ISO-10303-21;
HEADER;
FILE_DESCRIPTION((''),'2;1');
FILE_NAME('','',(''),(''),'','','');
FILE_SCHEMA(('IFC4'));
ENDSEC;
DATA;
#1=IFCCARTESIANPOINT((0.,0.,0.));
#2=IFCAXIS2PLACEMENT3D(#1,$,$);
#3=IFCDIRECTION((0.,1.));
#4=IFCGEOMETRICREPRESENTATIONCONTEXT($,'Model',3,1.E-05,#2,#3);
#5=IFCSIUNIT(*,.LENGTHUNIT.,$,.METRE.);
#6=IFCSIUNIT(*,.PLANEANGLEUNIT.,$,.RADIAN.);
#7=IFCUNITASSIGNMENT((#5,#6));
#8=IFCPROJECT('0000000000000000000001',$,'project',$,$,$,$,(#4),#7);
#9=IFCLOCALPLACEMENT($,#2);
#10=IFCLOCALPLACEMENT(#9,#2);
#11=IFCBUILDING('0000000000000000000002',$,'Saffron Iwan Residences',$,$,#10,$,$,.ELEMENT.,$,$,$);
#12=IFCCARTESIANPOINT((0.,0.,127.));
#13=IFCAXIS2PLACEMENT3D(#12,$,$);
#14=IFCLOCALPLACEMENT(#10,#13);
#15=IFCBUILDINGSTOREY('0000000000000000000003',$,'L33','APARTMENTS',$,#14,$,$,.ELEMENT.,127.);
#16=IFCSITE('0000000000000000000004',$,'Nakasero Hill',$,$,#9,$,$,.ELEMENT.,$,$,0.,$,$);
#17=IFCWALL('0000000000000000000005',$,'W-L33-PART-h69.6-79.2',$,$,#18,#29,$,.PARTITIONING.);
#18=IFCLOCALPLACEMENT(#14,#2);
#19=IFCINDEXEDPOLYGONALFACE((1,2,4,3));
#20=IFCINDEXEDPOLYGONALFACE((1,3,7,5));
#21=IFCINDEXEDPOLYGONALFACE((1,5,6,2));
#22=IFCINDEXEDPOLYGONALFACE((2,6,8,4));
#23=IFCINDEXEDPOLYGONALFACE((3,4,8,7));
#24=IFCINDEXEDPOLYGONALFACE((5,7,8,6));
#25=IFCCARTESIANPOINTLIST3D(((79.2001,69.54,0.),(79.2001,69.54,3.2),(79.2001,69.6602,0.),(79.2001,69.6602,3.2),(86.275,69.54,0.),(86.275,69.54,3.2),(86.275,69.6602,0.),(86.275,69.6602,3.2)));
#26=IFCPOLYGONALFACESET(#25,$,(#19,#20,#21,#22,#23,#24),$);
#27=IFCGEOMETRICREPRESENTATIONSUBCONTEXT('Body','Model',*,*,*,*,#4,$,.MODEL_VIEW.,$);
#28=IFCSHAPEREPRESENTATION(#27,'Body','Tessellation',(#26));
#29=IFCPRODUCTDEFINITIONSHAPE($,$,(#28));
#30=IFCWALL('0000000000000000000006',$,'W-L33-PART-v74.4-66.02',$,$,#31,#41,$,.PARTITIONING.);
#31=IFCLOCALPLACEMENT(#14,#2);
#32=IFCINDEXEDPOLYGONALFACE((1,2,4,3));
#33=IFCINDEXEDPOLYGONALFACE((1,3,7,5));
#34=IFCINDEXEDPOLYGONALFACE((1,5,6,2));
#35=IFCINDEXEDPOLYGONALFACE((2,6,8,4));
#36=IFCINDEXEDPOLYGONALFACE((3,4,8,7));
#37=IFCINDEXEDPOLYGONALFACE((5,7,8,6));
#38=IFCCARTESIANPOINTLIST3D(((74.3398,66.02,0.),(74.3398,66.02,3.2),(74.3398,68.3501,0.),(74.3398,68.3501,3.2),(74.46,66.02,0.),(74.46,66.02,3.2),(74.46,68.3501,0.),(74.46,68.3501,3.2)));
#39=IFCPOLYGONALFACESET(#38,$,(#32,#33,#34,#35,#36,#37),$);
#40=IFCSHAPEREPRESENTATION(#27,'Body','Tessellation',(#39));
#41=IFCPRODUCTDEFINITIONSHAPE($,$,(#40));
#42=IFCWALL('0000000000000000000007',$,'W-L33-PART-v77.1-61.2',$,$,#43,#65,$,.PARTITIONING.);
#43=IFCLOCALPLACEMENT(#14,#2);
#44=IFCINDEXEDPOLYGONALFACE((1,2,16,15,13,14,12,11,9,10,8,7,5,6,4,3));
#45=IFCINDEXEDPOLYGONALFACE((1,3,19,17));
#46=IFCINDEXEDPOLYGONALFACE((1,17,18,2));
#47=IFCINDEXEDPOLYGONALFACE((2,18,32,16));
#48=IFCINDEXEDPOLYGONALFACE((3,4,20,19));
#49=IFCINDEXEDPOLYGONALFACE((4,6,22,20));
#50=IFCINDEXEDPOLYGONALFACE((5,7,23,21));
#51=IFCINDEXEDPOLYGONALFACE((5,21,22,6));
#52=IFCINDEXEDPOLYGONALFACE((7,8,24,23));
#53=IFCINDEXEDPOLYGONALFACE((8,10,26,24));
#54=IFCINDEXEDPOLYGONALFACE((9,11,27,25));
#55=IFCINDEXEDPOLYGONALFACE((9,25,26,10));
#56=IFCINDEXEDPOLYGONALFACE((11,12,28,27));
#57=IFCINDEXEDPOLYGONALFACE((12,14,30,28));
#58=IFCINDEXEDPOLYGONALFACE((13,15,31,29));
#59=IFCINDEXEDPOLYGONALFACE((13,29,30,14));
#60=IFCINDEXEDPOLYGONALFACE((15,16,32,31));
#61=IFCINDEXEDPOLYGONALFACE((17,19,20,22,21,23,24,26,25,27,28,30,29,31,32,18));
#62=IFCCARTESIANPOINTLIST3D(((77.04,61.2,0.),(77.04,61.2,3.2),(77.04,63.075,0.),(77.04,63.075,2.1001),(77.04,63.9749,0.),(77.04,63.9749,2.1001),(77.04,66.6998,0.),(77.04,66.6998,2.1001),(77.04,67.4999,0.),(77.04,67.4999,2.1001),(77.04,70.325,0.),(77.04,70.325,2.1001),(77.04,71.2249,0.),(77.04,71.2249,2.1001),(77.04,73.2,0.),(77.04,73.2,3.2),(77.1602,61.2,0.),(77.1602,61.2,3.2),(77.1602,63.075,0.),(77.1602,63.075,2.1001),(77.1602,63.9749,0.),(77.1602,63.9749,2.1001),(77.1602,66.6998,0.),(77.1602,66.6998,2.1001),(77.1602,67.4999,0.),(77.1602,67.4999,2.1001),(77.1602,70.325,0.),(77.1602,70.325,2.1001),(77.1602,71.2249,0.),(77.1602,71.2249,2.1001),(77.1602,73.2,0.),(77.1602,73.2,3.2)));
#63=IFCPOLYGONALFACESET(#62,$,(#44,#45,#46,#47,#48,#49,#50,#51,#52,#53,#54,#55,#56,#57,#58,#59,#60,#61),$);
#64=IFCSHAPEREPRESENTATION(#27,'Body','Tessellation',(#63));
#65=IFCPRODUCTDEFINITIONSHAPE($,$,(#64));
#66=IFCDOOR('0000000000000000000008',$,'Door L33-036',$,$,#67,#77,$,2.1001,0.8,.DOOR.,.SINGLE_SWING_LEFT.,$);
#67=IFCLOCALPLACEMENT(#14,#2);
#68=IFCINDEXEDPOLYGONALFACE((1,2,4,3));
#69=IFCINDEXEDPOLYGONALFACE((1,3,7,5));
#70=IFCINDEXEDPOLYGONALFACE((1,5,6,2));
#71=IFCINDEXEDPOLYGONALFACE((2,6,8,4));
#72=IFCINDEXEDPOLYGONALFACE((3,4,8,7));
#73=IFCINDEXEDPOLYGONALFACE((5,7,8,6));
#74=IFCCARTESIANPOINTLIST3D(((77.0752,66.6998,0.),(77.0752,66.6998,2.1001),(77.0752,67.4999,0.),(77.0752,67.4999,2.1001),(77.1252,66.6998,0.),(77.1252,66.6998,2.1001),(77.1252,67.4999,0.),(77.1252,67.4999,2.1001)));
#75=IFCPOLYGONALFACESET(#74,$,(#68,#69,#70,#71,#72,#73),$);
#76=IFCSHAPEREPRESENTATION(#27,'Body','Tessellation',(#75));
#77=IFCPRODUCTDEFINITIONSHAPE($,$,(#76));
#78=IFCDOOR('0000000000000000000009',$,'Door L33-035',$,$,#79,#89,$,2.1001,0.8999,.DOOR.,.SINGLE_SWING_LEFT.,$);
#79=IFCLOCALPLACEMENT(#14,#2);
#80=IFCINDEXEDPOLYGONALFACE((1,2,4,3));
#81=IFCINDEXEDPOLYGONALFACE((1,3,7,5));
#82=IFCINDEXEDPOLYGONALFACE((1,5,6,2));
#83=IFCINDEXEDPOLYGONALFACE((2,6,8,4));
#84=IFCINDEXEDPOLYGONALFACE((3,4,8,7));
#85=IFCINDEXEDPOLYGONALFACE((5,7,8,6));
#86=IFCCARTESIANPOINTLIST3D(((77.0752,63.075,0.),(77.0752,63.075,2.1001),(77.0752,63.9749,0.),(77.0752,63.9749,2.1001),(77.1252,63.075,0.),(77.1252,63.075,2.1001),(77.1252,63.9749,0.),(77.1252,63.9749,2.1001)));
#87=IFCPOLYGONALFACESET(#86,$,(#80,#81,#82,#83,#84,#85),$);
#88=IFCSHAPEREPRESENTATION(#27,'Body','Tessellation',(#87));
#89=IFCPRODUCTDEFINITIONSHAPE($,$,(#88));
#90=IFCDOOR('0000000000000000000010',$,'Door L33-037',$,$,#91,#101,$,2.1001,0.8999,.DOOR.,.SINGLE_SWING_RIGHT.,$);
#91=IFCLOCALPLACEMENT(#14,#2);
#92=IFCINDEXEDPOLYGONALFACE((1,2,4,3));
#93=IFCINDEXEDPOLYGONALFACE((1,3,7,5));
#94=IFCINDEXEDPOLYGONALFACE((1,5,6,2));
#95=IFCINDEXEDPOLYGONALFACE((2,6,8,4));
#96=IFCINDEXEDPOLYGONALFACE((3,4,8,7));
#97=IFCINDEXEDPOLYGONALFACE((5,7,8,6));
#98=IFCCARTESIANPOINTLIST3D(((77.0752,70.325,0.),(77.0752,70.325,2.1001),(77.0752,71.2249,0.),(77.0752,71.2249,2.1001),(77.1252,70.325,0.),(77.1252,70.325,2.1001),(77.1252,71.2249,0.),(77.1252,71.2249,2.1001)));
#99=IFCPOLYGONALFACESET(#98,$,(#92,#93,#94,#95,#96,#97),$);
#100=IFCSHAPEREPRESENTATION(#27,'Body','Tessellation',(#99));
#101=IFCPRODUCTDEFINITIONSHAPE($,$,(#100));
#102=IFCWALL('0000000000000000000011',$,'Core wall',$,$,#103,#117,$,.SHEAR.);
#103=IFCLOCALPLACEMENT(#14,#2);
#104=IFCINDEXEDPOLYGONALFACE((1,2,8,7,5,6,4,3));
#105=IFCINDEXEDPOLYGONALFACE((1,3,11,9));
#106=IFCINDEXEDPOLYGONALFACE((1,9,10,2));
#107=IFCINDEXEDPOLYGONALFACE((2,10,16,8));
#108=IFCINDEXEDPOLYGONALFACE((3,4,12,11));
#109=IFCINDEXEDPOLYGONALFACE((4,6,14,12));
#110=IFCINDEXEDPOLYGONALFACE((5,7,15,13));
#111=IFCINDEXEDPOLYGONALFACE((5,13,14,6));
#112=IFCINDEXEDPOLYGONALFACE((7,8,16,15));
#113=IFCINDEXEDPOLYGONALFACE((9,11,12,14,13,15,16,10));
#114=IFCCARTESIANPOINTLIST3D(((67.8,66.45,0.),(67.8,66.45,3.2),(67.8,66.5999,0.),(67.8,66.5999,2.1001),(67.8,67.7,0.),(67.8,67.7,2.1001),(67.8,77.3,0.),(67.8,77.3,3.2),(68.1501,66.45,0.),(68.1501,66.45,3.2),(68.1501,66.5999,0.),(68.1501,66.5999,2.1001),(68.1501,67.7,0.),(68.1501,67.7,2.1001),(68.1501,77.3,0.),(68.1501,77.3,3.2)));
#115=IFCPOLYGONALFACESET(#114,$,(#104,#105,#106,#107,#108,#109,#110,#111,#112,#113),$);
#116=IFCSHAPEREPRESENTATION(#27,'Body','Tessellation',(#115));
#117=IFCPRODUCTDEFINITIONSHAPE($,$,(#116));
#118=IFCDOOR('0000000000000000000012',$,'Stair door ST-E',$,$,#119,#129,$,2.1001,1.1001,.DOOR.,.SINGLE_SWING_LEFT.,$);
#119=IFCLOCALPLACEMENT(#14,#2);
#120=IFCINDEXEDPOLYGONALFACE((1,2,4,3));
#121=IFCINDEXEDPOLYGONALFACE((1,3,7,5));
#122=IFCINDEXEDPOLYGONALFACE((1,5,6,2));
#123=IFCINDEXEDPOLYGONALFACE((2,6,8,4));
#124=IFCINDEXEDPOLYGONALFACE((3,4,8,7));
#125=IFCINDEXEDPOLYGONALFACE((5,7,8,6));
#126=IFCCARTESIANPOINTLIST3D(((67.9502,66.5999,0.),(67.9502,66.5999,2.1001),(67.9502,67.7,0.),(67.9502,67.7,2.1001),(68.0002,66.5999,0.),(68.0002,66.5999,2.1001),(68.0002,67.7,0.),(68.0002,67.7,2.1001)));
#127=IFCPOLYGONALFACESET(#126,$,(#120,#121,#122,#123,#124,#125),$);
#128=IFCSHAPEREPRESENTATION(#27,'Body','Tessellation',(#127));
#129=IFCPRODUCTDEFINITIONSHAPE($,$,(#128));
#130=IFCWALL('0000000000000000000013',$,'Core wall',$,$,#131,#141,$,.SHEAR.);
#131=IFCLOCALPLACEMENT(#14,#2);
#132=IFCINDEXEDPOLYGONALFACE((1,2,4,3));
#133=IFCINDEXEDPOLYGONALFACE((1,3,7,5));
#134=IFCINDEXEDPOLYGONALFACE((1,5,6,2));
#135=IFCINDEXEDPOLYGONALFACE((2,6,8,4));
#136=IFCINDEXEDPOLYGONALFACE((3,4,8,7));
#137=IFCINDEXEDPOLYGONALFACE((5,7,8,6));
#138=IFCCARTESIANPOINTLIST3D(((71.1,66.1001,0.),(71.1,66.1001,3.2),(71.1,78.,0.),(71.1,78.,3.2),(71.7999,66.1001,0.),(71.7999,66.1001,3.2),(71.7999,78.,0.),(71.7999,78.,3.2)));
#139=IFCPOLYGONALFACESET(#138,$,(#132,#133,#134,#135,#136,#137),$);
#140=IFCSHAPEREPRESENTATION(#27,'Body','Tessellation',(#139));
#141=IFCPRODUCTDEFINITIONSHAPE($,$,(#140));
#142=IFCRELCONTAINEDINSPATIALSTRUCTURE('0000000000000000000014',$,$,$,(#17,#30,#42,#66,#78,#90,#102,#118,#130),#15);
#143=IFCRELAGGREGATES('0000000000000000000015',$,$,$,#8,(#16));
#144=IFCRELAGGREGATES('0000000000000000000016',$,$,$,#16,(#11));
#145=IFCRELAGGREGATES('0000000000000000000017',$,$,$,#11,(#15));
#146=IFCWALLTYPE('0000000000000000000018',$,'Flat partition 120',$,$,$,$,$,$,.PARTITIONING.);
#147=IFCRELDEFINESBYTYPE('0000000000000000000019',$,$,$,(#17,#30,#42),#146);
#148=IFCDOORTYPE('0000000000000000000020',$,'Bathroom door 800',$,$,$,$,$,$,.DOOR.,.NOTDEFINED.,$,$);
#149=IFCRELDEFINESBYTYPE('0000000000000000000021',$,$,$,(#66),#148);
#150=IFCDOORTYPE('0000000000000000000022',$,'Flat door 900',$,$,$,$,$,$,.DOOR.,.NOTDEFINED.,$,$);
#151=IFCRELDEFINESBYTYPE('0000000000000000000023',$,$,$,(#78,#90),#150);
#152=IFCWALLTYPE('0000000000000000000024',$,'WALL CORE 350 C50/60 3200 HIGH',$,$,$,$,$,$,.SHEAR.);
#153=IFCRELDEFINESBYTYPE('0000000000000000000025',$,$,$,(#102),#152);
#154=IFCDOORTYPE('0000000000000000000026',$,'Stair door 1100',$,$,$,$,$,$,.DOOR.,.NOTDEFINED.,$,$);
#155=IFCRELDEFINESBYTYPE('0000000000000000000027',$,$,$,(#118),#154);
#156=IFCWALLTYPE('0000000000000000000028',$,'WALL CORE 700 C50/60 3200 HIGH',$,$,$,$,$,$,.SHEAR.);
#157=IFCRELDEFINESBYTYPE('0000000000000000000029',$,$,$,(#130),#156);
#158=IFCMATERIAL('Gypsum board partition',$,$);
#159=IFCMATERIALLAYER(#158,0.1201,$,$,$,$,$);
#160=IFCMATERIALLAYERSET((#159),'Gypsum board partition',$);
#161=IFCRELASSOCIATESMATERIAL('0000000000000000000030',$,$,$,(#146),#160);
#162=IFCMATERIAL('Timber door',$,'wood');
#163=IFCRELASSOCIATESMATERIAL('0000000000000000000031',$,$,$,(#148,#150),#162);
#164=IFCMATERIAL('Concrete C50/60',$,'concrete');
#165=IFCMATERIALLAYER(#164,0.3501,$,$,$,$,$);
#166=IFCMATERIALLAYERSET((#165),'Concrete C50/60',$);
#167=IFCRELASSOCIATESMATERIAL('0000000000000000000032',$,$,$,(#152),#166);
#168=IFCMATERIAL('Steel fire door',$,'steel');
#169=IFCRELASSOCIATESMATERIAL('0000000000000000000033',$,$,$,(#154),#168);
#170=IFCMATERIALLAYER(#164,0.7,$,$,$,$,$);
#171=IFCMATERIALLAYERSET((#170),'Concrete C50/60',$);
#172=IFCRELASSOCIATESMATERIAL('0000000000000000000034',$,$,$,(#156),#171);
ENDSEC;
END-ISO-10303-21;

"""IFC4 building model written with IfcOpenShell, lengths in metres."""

from ifc_helpers import new_model, si_unit, direction, frame, frame_2d, origin, place, context, subcontext, project, spatial, rectangle, extrude, material, layer, layer_set, type_object, element, fill, save


model = new_model("IFC4")

# Units and contexts
model_context = context("Model", 3, precision=1e-05, world=origin(), true_north=direction((0.0, 1.0)))
body_context = subcontext(model_context, "Body", "Model", "MODEL_VIEW")
ifc_project = project(units=[si_unit("LENGTHUNIT", "METRE"), si_unit("PLANEANGLEUNIT", "RADIAN")], contexts=[model_context])

# Site, building, storey
site_placement = place(None, origin())
site = spatial("IfcSite", under=ifc_project, at=site_placement, Name="Nakasero Hill", CompositionType="ELEMENT", RefElevation=0.0)
building_placement = place(site_placement, origin())
building = spatial("IfcBuilding", under=site, at=building_placement, Name="Saffron Iwan Residences", CompositionType="ELEMENT")
storey_placement = place(building_placement, frame((0.0, 0.0, 127.0)))
storey = spatial("IfcBuildingStorey", under=building, at=storey_placement, Name="L33", Description="APARTMENTS", CompositionType="ELEMENT", Elevation=127.0)

# Shared definitions
ifc_material_1 = material(Name="Concrete C50/60", Category="concrete")

# Walls
ifc_material_2 = material(Name="Gypsum board partition")
ifc_layer_1 = layer(ifc_material_2, 0.1201)
ifc_layer_set_1 = layer_set([ifc_layer_1], Name="Gypsum board partition")
wall_type_1 = type_object("IfcWallType", Name="Flat partition 120", PredefinedType="PARTITIONING", material=ifc_layer_set_1)
wall_1_placement = place(storey_placement, frame((79.2, 69.6001, 0.0), z_axis=(0.0, 0.0, 1.0), x_axis=(1.0, 0.0, 0.0)))
element("IfcWall", 1, at=wall_1_placement, inside=storey, type_object=wall_type_1, Name="W-L33-PART-h69.6-79.2", PredefinedType="PARTITIONING", context=body_context, shape_type="SweptSolid", body=[
    extrude(rectangle(XDim=7.075, YDim=0.1201, at=frame_2d((3.5376, 0.0))), origin(), (0.0, 0.0, 1.0), 3.2),
])
wall_2_placement = place(storey_placement, frame((74.3999, 66.02, 0.0), z_axis=(0.0, 0.0, 1.0), x_axis=(0.0, 1.0, 0.0)))
element("IfcWall", 2, at=wall_2_placement, inside=storey, type_object=wall_type_1, Name="W-L33-PART-v74.4-66.02", PredefinedType="PARTITIONING", context=body_context, shape_type="SweptSolid", body=[
    extrude(rectangle(XDim=2.3301, YDim=0.1201, at=frame_2d((1.165, 0.0))), origin(), (0.0, 0.0, 1.0), 3.2),
])

# Wall, openings, doors
wall_3_placement = place(storey_placement, frame((77.1001, 61.2, 0.0), z_axis=(0.0, 0.0, 1.0), x_axis=(0.0, 1.0, 0.0)))
wall_3 = element("IfcWall", 3, at=wall_3_placement, inside=storey, type_object=wall_type_1, Name="W-L33-PART-v77.1-61.2", PredefinedType="PARTITIONING", context=body_context, shape_type="SweptSolid", body=[
    extrude(rectangle(XDim=12.0, YDim=0.1201, at=frame_2d((6.0, 0.0))), origin(), (0.0, 0.0, 1.0), 3.2),
])
opening_1_placement = place(wall_3_placement, frame((1.875, 0.0, 0.0)))
opening_1 = element("IfcOpeningElement", 4, at=opening_1_placement, cuts=wall_3, PredefinedType="OPENING", context=body_context, shape_type="SweptSolid", body=[
    extrude(rectangle(XDim=0.8999, YDim=2.1001, at=frame_2d((0.45, 1.05))), frame((0.0, 0.0701, 0.0), z_axis=(0.0, -1.0, 0.0), x_axis=(1.0, 0.0, 0.0)), (0.0, 0.0, 1.0), 0.1401),
])
opening_2_placement = place(wall_3_placement, frame((5.5, 0.0, 0.0)))
opening_2 = element("IfcOpeningElement", 5, at=opening_2_placement, cuts=wall_3, PredefinedType="OPENING", context=body_context, shape_type="SweptSolid", body=[
    extrude(rectangle(XDim=0.8, YDim=2.1001, at=frame_2d((0.3999, 1.05))), frame((0.0, 0.0701, 0.0), z_axis=(0.0, -1.0, 0.0), x_axis=(1.0, 0.0, 0.0)), (0.0, 0.0, 1.0), 0.1401),
])
opening_3_placement = place(wall_3_placement, frame((9.125, 0.0, 0.0)))
opening_3 = element("IfcOpeningElement", 6, at=opening_3_placement, cuts=wall_3, PredefinedType="OPENING", context=body_context, shape_type="SweptSolid", body=[
    extrude(rectangle(XDim=0.8999, YDim=2.1001, at=frame_2d((0.45, 1.05))), frame((0.0, 0.0701, 0.0), z_axis=(0.0, -1.0, 0.0), x_axis=(1.0, 0.0, 0.0)), (0.0, 0.0, 1.0), 0.1401),
])
ifc_material_3 = material(Name="Timber door", Category="wood")
door_type_1 = type_object("IfcDoorType", Name="Bathroom door 800", OperationType="NOTDEFINED", PredefinedType="DOOR", material=ifc_material_3)
door_1_placement = place(opening_2_placement, origin())
door_1 = element("IfcDoor", 7, at=door_1_placement, inside=storey, type_object=door_type_1, Name="Door L33-036", OperationType="SINGLE_SWING_LEFT", OverallHeight=2.1001, OverallWidth=0.8, PredefinedType="DOOR", context=body_context, shape_type="SweptSolid", body=[
    extrude(rectangle(XDim=0.8, YDim=2.1001, at=frame_2d((0.3999, 1.05))), frame((0.0, 0.0249, 0.0), z_axis=(0.0, -1.0, 0.0), x_axis=(1.0, 0.0, 0.0)), (0.0, 0.0, 1.0), 0.05),
])
fill(opening_2, door_1)
door_type_2 = type_object("IfcDoorType", Name="Flat door 900", OperationType="NOTDEFINED", PredefinedType="DOOR", material=ifc_material_3)
door_2_placement = place(opening_1_placement, origin())
door_2 = element("IfcDoor", 8, at=door_2_placement, inside=storey, type_object=door_type_2, Name="Door L33-035", OperationType="SINGLE_SWING_LEFT", OverallHeight=2.1001, OverallWidth=0.8999, PredefinedType="DOOR", context=body_context, shape_type="SweptSolid", body=[
    extrude(rectangle(XDim=0.8999, YDim=2.1001, at=frame_2d((0.45, 1.05))), frame((0.0, 0.0249, 0.0), z_axis=(0.0, -1.0, 0.0), x_axis=(1.0, 0.0, 0.0)), (0.0, 0.0, 1.0), 0.05),
])
fill(opening_1, door_2)
door_3_placement = place(opening_3_placement, origin())
door_3 = element("IfcDoor", 9, at=door_3_placement, inside=storey, type_object=door_type_2, Name="Door L33-037", OperationType="SINGLE_SWING_RIGHT", OverallHeight=2.1001, OverallWidth=0.8999, PredefinedType="DOOR", context=body_context, shape_type="SweptSolid", body=[
    extrude(rectangle(XDim=0.8999, YDim=2.1001, at=frame_2d((0.45, 1.05))), frame((0.0, 0.0249, 0.0), z_axis=(0.0, -1.0, 0.0), x_axis=(1.0, 0.0, 0.0)), (0.0, 0.0, 1.0), 0.05),
])
fill(opening_3, door_3)

# Wall, opening, door
ifc_layer_2 = layer(ifc_material_1, 0.3501)
ifc_layer_set_2 = layer_set([ifc_layer_2], Name="Concrete C50/60")
wall_type_2 = type_object("IfcWallType", Name="WALL CORE 350 C50/60 3200 HIGH", PredefinedType="SHEAR", material=ifc_layer_set_2)
wall_4_placement = place(storey_placement, frame((67.9751, 66.45, 0.0), z_axis=(0.0, 0.0, 1.0), x_axis=(0.0, 1.0, 0.0)))
wall_4 = element("IfcWall", 10, at=wall_4_placement, inside=storey, type_object=wall_type_2, Name="Core wall", PredefinedType="SHEAR", context=body_context, shape_type="SweptSolid", body=[
    extrude(rectangle(XDim=10.8501, YDim=0.3501, at=frame_2d((5.425, 0.0))), origin(), (0.0, 0.0, 1.0), 3.2),
])
opening_4_placement = place(wall_4_placement, frame((0.1499, 0.0, 0.0)))
opening_4 = element("IfcOpeningElement", 11, at=opening_4_placement, cuts=wall_4, PredefinedType="OPENING", context=body_context, shape_type="SweptSolid", body=[
    extrude(rectangle(XDim=1.1001, YDim=2.1001, at=frame_2d((0.55, 1.05))), frame((0.0, 0.1851, 0.0), z_axis=(0.0, -1.0, 0.0), x_axis=(1.0, 0.0, 0.0)), (0.0, 0.0, 1.0), 0.3701),
])
ifc_material_4 = material(Name="Steel fire door", Category="steel")
door_type_3 = type_object("IfcDoorType", Name="Stair door 1100", OperationType="NOTDEFINED", PredefinedType="DOOR", material=ifc_material_4)
door_4_placement = place(opening_4_placement, origin())
door_4 = element("IfcDoor", 12, at=door_4_placement, inside=storey, type_object=door_type_3, Name="Stair door ST-E", OperationType="SINGLE_SWING_LEFT", OverallHeight=2.1001, OverallWidth=1.1001, PredefinedType="DOOR", context=body_context, shape_type="SweptSolid", body=[
    extrude(rectangle(XDim=1.1001, YDim=2.1001, at=frame_2d((0.55, 1.05))), frame((0.0, 0.0249, 0.0), z_axis=(0.0, -1.0, 0.0), x_axis=(1.0, 0.0, 0.0)), (0.0, 0.0, 1.0), 0.05),
])
fill(opening_4, door_4)

# Wall
ifc_layer_3 = layer(ifc_material_1, 0.7)
ifc_layer_set_3 = layer_set([ifc_layer_3], Name="Concrete C50/60")
wall_type_3 = type_object("IfcWallType", Name="WALL CORE 700 C50/60 3200 HIGH", PredefinedType="SHEAR", material=ifc_layer_set_3)
wall_5_placement = place(storey_placement, frame((71.45, 66.1001, 0.0), z_axis=(0.0, 0.0, 1.0), x_axis=(0.0, 1.0, 0.0)))
element("IfcWall", 13, at=wall_5_placement, inside=storey, type_object=wall_type_3, Name="Core wall", PredefinedType="SHEAR", context=body_context, shape_type="SweptSolid", body=[
    extrude(rectangle(XDim=11.8999, YDim=0.7, at=frame_2d((5.95, 0.0))), origin(), (0.0, 0.0, 1.0), 3.2),
])

save(model, "model.ifc")
